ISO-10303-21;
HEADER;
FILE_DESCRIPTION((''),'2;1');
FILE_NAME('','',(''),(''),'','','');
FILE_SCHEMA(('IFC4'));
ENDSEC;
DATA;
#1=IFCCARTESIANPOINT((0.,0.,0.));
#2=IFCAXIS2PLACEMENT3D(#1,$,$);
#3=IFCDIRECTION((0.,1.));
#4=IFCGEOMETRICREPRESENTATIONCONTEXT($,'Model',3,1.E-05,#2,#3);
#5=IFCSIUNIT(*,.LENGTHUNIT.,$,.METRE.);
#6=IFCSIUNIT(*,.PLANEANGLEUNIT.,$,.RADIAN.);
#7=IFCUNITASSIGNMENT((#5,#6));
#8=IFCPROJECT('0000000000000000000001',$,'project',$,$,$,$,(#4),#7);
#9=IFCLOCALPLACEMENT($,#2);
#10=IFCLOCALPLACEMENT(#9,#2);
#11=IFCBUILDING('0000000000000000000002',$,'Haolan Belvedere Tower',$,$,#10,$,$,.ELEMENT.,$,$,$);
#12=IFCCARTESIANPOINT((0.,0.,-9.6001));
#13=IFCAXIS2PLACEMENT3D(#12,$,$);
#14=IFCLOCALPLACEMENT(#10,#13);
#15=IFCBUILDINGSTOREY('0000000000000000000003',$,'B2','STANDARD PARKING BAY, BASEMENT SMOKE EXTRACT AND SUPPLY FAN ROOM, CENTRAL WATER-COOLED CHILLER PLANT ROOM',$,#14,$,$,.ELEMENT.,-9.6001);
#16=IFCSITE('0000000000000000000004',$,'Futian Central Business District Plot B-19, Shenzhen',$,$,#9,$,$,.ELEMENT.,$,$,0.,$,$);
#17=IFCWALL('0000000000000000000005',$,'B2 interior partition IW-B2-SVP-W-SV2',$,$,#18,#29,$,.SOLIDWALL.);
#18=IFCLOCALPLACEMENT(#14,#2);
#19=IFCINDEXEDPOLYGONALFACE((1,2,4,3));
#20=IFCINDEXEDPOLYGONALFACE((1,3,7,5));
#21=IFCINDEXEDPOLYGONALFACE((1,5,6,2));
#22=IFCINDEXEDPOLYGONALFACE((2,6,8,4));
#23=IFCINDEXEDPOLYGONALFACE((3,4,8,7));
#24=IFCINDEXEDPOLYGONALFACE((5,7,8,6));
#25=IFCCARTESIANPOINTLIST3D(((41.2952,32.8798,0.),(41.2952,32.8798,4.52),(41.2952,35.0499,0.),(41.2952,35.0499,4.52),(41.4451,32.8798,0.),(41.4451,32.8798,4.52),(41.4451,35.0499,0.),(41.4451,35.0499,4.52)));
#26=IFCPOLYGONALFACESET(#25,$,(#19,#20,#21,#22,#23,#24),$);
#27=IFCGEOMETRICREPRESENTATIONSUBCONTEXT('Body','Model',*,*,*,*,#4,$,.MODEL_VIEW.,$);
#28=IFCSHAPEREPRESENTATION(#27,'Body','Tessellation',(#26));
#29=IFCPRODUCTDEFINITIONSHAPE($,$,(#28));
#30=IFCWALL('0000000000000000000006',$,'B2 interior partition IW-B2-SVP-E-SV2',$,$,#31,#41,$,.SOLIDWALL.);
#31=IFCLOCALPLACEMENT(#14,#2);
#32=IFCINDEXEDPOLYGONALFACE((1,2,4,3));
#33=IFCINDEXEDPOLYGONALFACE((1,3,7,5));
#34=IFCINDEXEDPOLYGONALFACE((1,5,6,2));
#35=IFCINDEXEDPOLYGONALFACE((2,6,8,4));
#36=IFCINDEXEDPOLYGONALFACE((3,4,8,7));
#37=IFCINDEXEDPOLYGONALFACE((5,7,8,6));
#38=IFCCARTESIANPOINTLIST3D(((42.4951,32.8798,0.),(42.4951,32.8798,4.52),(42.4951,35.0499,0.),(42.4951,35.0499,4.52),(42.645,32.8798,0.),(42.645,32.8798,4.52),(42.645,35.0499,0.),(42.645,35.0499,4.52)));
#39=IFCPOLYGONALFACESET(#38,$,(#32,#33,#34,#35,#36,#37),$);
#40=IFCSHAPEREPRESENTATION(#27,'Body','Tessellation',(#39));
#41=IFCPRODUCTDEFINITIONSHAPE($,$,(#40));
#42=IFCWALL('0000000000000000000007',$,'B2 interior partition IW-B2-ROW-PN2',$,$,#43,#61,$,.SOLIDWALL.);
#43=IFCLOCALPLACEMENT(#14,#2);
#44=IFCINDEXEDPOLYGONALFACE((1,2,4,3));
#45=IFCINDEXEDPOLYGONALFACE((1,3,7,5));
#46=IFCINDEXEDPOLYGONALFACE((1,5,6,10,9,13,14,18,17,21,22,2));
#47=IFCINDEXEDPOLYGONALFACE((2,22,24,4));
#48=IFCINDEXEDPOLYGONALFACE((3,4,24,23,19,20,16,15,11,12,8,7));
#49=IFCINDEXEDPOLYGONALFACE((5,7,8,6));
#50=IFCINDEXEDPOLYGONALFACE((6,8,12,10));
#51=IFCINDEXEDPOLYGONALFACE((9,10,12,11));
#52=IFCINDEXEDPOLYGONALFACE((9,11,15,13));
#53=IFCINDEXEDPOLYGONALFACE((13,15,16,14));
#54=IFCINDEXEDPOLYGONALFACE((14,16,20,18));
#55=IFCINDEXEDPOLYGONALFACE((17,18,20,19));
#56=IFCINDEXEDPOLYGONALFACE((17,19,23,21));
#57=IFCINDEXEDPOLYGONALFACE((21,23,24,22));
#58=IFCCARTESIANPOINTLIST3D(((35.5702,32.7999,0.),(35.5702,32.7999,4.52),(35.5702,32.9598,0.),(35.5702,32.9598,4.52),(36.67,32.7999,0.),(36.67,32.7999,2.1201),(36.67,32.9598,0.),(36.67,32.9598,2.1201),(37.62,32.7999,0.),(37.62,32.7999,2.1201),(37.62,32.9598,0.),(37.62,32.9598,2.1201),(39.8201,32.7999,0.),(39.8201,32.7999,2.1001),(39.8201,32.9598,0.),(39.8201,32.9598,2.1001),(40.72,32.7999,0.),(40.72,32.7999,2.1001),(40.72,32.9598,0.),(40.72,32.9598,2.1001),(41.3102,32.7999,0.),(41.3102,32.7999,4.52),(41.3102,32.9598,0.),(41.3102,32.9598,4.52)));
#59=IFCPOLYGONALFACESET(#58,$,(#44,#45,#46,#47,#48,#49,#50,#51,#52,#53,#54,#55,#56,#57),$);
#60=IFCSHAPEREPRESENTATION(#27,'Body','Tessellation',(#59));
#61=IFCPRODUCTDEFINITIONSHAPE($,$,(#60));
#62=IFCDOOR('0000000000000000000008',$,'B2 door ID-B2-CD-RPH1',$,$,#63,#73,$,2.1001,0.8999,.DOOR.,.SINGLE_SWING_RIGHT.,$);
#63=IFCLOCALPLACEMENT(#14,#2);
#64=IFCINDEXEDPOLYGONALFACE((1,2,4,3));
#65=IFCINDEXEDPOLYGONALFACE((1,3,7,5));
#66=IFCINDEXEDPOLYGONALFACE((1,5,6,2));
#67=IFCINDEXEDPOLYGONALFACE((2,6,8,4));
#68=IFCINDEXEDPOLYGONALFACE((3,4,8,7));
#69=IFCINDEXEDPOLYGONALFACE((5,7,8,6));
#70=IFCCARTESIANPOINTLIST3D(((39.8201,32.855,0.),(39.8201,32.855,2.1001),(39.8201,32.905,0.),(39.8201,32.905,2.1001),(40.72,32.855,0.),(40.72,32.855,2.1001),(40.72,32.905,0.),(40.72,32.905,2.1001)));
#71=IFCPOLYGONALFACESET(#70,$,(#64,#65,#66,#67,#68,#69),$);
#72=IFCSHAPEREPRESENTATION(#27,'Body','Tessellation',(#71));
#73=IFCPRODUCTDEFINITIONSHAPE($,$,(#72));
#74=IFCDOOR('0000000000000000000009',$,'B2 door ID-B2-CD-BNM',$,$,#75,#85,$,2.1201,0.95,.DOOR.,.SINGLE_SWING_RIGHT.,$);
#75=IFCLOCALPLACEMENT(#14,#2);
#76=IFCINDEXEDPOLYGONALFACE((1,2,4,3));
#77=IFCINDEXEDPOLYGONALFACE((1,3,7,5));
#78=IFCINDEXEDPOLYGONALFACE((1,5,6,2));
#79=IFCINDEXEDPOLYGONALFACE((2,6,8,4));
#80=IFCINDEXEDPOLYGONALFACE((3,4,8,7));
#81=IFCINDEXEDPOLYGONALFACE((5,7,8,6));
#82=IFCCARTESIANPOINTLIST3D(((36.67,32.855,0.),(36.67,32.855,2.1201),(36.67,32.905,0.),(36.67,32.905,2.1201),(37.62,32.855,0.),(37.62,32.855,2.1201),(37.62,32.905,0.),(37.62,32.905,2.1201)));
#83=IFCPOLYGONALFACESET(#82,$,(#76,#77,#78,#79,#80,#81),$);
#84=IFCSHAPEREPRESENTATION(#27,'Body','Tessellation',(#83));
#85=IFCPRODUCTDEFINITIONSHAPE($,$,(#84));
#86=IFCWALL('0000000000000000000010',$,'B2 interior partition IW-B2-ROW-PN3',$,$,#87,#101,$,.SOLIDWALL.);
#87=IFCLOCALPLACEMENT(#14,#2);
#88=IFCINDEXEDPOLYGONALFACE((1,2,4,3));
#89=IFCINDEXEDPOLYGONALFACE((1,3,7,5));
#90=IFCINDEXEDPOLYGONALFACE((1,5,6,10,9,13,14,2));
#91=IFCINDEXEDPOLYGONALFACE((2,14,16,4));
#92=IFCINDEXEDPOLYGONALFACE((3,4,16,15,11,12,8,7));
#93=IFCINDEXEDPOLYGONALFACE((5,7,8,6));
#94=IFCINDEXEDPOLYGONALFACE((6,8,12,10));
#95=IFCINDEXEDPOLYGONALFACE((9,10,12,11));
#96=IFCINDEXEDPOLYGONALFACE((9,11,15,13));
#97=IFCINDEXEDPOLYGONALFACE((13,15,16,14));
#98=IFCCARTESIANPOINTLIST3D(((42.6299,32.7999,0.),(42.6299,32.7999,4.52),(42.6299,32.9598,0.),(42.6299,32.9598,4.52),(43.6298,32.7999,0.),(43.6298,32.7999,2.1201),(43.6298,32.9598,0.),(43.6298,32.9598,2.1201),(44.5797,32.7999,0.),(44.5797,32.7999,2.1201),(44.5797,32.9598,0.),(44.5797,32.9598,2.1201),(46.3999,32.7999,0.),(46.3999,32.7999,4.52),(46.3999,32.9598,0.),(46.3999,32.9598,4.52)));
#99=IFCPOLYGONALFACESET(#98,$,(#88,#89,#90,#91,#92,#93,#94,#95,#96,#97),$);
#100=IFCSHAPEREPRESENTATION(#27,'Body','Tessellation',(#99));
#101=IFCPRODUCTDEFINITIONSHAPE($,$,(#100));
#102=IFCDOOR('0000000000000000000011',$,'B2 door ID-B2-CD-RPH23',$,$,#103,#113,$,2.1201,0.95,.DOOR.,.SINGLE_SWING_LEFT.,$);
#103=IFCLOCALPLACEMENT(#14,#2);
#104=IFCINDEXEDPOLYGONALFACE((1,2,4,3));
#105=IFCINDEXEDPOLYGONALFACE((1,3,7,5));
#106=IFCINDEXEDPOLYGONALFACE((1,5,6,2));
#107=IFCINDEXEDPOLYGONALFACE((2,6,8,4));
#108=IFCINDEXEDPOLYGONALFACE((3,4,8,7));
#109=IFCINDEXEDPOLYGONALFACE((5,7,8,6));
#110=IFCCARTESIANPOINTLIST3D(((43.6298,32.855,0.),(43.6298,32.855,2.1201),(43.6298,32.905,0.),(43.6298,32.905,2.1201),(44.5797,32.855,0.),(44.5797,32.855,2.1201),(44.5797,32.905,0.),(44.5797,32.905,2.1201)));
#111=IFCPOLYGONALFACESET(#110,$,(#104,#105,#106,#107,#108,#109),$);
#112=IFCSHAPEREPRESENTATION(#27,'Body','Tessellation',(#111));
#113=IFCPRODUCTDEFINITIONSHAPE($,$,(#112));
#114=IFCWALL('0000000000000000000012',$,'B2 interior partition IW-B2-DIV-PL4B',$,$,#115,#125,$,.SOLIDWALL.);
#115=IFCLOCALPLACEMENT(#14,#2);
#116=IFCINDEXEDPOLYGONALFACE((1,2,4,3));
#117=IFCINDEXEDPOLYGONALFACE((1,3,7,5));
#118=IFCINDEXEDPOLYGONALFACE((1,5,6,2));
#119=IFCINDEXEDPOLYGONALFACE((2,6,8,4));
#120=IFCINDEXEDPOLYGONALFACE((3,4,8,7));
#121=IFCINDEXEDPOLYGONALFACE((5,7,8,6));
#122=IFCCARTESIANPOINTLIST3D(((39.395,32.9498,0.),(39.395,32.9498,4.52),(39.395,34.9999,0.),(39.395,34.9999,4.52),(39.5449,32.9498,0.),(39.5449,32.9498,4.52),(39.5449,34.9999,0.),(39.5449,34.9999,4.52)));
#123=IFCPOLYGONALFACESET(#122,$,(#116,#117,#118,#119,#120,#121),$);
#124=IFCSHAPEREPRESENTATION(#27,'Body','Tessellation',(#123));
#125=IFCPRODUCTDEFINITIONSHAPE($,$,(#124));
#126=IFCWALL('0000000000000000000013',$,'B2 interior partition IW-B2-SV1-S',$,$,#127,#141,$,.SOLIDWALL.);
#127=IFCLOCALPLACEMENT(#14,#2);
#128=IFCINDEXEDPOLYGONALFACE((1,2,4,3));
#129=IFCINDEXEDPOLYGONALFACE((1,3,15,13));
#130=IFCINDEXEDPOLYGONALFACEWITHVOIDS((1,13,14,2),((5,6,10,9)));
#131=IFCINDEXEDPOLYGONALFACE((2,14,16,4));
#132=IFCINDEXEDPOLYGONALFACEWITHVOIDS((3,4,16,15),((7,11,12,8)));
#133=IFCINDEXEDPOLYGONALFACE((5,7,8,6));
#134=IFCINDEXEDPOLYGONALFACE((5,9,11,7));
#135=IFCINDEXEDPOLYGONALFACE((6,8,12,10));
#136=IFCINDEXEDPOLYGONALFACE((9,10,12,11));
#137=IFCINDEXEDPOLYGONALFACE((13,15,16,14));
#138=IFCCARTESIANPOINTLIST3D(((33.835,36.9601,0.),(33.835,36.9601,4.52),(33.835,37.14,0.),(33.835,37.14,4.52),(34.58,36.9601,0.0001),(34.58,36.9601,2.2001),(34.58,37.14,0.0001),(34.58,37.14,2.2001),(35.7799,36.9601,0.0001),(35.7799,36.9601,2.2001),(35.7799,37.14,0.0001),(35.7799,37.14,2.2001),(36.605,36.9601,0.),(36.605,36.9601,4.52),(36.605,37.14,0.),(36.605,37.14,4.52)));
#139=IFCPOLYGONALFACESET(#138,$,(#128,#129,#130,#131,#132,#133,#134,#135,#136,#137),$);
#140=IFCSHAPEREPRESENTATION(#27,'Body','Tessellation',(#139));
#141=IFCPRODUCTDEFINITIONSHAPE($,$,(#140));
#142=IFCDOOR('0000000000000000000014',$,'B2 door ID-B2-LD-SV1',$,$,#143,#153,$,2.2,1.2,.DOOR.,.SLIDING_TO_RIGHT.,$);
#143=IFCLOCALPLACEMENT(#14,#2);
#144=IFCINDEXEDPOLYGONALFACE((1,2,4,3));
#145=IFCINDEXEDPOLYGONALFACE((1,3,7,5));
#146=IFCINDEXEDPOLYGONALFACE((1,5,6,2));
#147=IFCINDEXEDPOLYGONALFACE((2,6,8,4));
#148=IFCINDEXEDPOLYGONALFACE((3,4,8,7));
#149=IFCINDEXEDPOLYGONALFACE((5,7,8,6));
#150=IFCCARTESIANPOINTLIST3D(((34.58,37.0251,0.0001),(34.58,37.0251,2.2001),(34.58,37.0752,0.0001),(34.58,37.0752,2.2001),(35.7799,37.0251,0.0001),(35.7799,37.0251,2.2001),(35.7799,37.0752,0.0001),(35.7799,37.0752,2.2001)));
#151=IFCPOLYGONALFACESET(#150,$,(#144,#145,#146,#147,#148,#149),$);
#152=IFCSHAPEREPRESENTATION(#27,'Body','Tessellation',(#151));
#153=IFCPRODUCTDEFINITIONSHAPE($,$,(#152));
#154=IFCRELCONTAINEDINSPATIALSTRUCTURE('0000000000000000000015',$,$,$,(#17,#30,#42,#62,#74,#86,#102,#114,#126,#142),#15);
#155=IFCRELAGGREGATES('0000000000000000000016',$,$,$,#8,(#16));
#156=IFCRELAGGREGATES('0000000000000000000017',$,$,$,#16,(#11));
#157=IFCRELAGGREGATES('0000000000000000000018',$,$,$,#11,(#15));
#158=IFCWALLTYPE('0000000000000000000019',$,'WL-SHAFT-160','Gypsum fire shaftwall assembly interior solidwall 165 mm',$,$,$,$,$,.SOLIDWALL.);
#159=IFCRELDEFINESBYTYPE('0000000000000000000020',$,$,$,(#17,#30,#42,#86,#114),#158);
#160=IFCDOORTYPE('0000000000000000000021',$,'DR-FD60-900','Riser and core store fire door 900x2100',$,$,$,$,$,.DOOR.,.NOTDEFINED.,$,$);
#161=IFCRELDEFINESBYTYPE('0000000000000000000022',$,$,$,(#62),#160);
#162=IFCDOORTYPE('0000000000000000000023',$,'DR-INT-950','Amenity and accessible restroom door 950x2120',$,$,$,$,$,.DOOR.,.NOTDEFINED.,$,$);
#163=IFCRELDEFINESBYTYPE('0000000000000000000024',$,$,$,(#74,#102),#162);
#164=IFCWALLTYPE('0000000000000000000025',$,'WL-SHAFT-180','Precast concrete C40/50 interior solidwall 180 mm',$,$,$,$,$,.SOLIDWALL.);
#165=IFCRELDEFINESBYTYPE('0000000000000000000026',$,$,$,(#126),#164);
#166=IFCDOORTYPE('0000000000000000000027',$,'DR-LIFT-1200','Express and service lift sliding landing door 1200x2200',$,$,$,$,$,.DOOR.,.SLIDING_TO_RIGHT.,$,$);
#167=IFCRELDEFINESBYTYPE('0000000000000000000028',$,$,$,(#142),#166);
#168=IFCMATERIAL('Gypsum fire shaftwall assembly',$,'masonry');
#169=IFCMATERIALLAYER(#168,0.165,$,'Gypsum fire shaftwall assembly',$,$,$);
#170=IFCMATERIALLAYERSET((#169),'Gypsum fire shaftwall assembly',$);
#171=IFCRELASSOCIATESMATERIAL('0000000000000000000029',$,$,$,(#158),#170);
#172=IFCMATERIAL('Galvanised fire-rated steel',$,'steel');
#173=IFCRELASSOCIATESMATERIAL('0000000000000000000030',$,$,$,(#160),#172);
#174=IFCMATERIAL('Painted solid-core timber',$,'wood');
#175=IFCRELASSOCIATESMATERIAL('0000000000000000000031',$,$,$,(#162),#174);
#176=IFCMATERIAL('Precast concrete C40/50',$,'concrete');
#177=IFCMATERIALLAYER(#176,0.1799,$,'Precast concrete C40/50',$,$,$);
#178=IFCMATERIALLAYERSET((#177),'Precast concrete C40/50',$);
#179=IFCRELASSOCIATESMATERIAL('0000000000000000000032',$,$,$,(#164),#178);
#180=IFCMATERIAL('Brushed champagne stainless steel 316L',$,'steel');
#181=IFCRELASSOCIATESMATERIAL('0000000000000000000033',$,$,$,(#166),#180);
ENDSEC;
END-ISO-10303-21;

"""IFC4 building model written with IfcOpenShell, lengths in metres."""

from ifc_helpers import new_model, si_unit, direction, frame, frame_2d, origin, place, context, subcontext, project, spatial, rectangle, extrude, material, layer, layer_set, type_object, element, fill, save


model = new_model("IFC4")

# Units and contexts
model_context = context("Model", 3, precision=1e-05, world=origin(), true_north=direction((0.0, 1.0)))
body_context = subcontext(model_context, "Body", "Model", "MODEL_VIEW")
ifc_project = project(units=[si_unit("LENGTHUNIT", "METRE"), si_unit("PLANEANGLEUNIT", "RADIAN")], contexts=[model_context])

# Site, building, storey
site_placement = place(None, origin())
site = spatial("IfcSite", under=ifc_project, at=site_placement, Name="Futian Central Business District Plot B-19, Shenzhen", CompositionType="ELEMENT", RefElevation=0.0)
building_placement = place(site_placement, origin())
building = spatial("IfcBuilding", under=site, at=building_placement, Name="Haolan Belvedere Tower", CompositionType="ELEMENT")
storey_placement = place(building_placement, frame((0.0, 0.0, -9.6001)))
storey = spatial("IfcBuildingStorey", under=building, at=storey_placement, Name="B2", Description="STANDARD PARKING BAY, BASEMENT SMOKE EXTRACT AND SUPPLY FAN ROOM, CENTRAL WATER-COOLED CHILLER PLANT ROOM", CompositionType="ELEMENT", Elevation=-9.6001)

# Walls
ifc_material_1 = material(Name="Gypsum fire shaftwall assembly", Category="masonry")
ifc_layer_1 = layer(ifc_material_1, 0.165, Name="Gypsum fire shaftwall assembly")
ifc_layer_set_1 = layer_set([ifc_layer_1], Name="Gypsum fire shaftwall assembly")
wall_type_1 = type_object("IfcWallType", Name="WL-SHAFT-160", Description="Gypsum fire shaftwall assembly interior solidwall 165 mm", PredefinedType="SOLIDWALL", material=ifc_layer_set_1)
for number, where, z_axis, x_axis, name in (
    (1, (41.3701, 32.8799, 0.0), (0.0, 0.0, 1.0), (0.0, 1.0, 0.0), "B2 interior partition IW-B2-SVP-W-SV2"),
    (2, (42.5701, 32.8799, 0.0), (0.0, 0.0, 1.0), (0.0, 1.0, 0.0), "B2 interior partition IW-B2-SVP-E-SV2"),
):
    element("IfcWall", number, at=place(storey_placement, frame(where, z_axis=z_axis, x_axis=x_axis)), inside=storey, type_object=wall_type_1, Name=name, PredefinedType="SOLIDWALL", context=body_context, shape_type="SweptSolid", body=[
        extrude(rectangle(XDim=2.1702, YDim=0.1499, at=frame_2d((1.085, 0.0))), origin(), (0.0, 0.0, 1.0), 4.52),
    ])

# Wall, openings, doors
wall_1_placement = place(storey_placement, frame((35.5701, 32.8799, 0.0), z_axis=(0.0, 0.0, 1.0), x_axis=(1.0, 0.0, 0.0)))
wall_1 = element("IfcWall", 3, at=wall_1_placement, inside=storey, type_object=wall_type_1, Name="B2 interior partition IW-B2-ROW-PN2", PredefinedType="SOLIDWALL", context=body_context, shape_type="SweptSolid", body=[
    extrude(rectangle(XDim=5.74, YDim=0.1599, at=frame_2d((2.8701, 0.0))), origin(), (0.0, 0.0, 1.0), 4.52),
])
opening_1_placement = place(wall_1_placement, frame((2.05, 0.0, 0.0), z_axis=(0.0, 0.0, 1.0), x_axis=(-1.0, 0.0, 0.0)))
opening_1 = element("IfcOpeningElement", 4, at=opening_1_placement, cuts=wall_1, PredefinedType="OPENING", context=body_context, shape_type="SweptSolid", body=[
    extrude(rectangle(XDim=0.95, YDim=2.1201, at=frame_2d((0.4751, 1.0601))), frame((0.0, 0.0898, 0.0), z_axis=(0.0, -1.0, 0.0), x_axis=(1.0, 0.0, 0.0)), (0.0, 0.0, 1.0), 0.1799),
])
opening_2_placement = place(wall_1_placement, frame((5.1499, 0.0, 0.0), z_axis=(0.0, 0.0, 1.0), x_axis=(-1.0, 0.0, 0.0)))
opening_2 = element("IfcOpeningElement", 5, at=opening_2_placement, cuts=wall_1, PredefinedType="OPENING", context=body_context, shape_type="SweptSolid", body=[
    extrude(rectangle(XDim=0.8999, YDim=2.1001, at=frame_2d((0.45, 1.05))), frame((0.0, 0.0898, 0.0), z_axis=(0.0, -1.0, 0.0), x_axis=(1.0, 0.0, 0.0)), (0.0, 0.0, 1.0), 0.1799),
])
ifc_material_2 = material(Name="Galvanised fire-rated steel", Category="steel")
door_type_1 = type_object("IfcDoorType", Name="DR-FD60-900", Description="Riser and core store fire door 900x2100", OperationType="NOTDEFINED", PredefinedType="DOOR", material=ifc_material_2)
door_1_placement = place(opening_2_placement, origin())
door_1 = element("IfcDoor", 6, at=door_1_placement, inside=storey, type_object=door_type_1, Name="B2 door ID-B2-CD-RPH1", OperationType="SINGLE_SWING_RIGHT", OverallHeight=2.1001, OverallWidth=0.8999, PredefinedType="DOOR", context=body_context, shape_type="SweptSolid", body=[
    extrude(rectangle(XDim=0.8999, YDim=2.1001, at=frame_2d((0.45, 1.05))), frame((0.0, 0.0249, 0.0), z_axis=(0.0, -1.0, 0.0), x_axis=(1.0, 0.0, 0.0)), (0.0, 0.0, 1.0), 0.05),
])
fill(opening_2, door_1)
ifc_material_3 = material(Name="Painted solid-core timber", Category="wood")
door_type_2 = type_object("IfcDoorType", Name="DR-INT-950", Description="Amenity and accessible restroom door 950x2120", OperationType="NOTDEFINED", PredefinedType="DOOR", material=ifc_material_3)
door_2_placement = place(opening_1_placement, origin())
door_2 = element("IfcDoor", 7, at=door_2_placement, inside=storey, type_object=door_type_2, Name="B2 door ID-B2-CD-BNM", OperationType="SINGLE_SWING_RIGHT", OverallHeight=2.1201, OverallWidth=0.95, PredefinedType="DOOR", context=body_context, shape_type="SweptSolid", body=[
    extrude(rectangle(XDim=0.95, YDim=2.1201, at=frame_2d((0.4751, 1.0601))), frame((0.0, 0.0249, 0.0), z_axis=(0.0, -1.0, 0.0), x_axis=(1.0, 0.0, 0.0)), (0.0, 0.0, 1.0), 0.05),
])
fill(opening_1, door_2)

# Wall, opening, door
wall_2_placement = place(storey_placement, frame((42.6299, 32.8799, 0.0), z_axis=(0.0, 0.0, 1.0), x_axis=(1.0, 0.0, 0.0)))
wall_2 = element("IfcWall", 8, at=wall_2_placement, inside=storey, type_object=wall_type_1, Name="B2 interior partition IW-B2-ROW-PN3", PredefinedType="SOLIDWALL", context=body_context, shape_type="SweptSolid", body=[
    extrude(rectangle(XDim=3.77, YDim=0.1599, at=frame_2d((1.885, 0.0))), origin(), (0.0, 0.0, 1.0), 4.52),
])
opening_3_placement = place(wall_2_placement, frame((1.95, 0.0, 0.0), z_axis=(0.0, 0.0, 1.0), x_axis=(-1.0, 0.0, 0.0)))
opening_3 = element("IfcOpeningElement", 9, at=opening_3_placement, cuts=wall_2, PredefinedType="OPENING", context=body_context, shape_type="SweptSolid", body=[
    extrude(rectangle(XDim=0.95, YDim=2.1201, at=frame_2d((0.4751, 1.0601))), frame((0.0, 0.0898, 0.0), z_axis=(0.0, -1.0, 0.0), x_axis=(1.0, 0.0, 0.0)), (0.0, 0.0, 1.0), 0.1799),
])
door_3_placement = place(opening_3_placement, origin())
door_3 = element("IfcDoor", 10, at=door_3_placement, inside=storey, type_object=door_type_2, Name="B2 door ID-B2-CD-RPH23", OperationType="SINGLE_SWING_LEFT", OverallHeight=2.1201, OverallWidth=0.95, PredefinedType="DOOR", context=body_context, shape_type="SweptSolid", body=[
    extrude(rectangle(XDim=0.95, YDim=2.1201, at=frame_2d((0.4751, 1.0601))), frame((0.0, 0.0249, 0.0), z_axis=(0.0, -1.0, 0.0), x_axis=(1.0, 0.0, 0.0)), (0.0, 0.0, 1.0), 0.05),
])
fill(opening_3, door_3)

# Wall
wall_3_placement = place(storey_placement, frame((39.47, 32.95, 0.0), z_axis=(0.0, 0.0, 1.0), x_axis=(0.0, 1.0, 0.0)))
element("IfcWall", 11, at=wall_3_placement, inside=storey, type_object=wall_type_1, Name="B2 interior partition IW-B2-DIV-PL4B", PredefinedType="SOLIDWALL", context=body_context, shape_type="SweptSolid", body=[
    extrude(rectangle(XDim=2.05, YDim=0.1499, at=frame_2d((1.0249, 0.0))), origin(), (0.0, 0.0, 1.0), 4.52),
])

# Wall, opening, door
ifc_material_4 = material(Name="Precast concrete C40/50", Category="concrete")
ifc_layer_2 = layer(ifc_material_4, 0.1799, Name="Precast concrete C40/50")
ifc_layer_set_2 = layer_set([ifc_layer_2], Name="Precast concrete C40/50")
wall_type_2 = type_object("IfcWallType", Name="WL-SHAFT-180", Description="Precast concrete C40/50 interior solidwall 180 mm", PredefinedType="SOLIDWALL", material=ifc_layer_set_2)
wall_4_placement = place(storey_placement, frame((33.835, 37.05, 0.0), z_axis=(0.0, 0.0, 1.0), x_axis=(1.0, 0.0, 0.0)))
wall_4 = element("IfcWall", 12, at=wall_4_placement, inside=storey, type_object=wall_type_2, Name="B2 interior partition IW-B2-SV1-S", PredefinedType="SOLIDWALL", context=body_context, shape_type="SweptSolid", body=[
    extrude(rectangle(XDim=2.77, YDim=0.1799, at=frame_2d((1.385, 0.0))), origin(), (0.0, 0.0, 1.0), 4.52),
])
opening_4_placement = place(wall_4_placement, frame((1.9451, 0.0, 0.0), z_axis=(0.0, 0.0, 1.0), x_axis=(-1.0, 0.0, 0.0)))
opening_4 = element("IfcOpeningElement", 13, at=opening_4_placement, cuts=wall_4, PredefinedType="OPENING", context=body_context, shape_type="SweptSolid", body=[
    extrude(rectangle(XDim=1.2, YDim=2.2, at=frame_2d((0.6001, 1.1001))), frame((0.0, 0.0999, 0.0), z_axis=(0.0, -1.0, 0.0), x_axis=(1.0, 0.0, 0.0)), (0.0, 0.0, 1.0), 0.2),
])
ifc_material_5 = material(Name="Brushed champagne stainless steel 316L", Category="steel")
door_type_3 = type_object("IfcDoorType", Name="DR-LIFT-1200", Description="Express and service lift sliding landing door 1200x2200", OperationType="SLIDING_TO_RIGHT", PredefinedType="DOOR", material=ifc_material_5)
door_4_placement = place(opening_4_placement, origin())
door_4 = element("IfcDoor", 14, at=door_4_placement, inside=storey, type_object=door_type_3, Name="B2 door ID-B2-LD-SV1", OperationType="SLIDING_TO_RIGHT", OverallHeight=2.2, OverallWidth=1.2, PredefinedType="DOOR", context=body_context, shape_type="SweptSolid", body=[
    extrude(rectangle(XDim=1.2, YDim=2.2, at=frame_2d((0.6001, 1.1001))), frame((0.0, 0.0249, 0.0), z_axis=(0.0, -1.0, 0.0), x_axis=(1.0, 0.0, 0.0)), (0.0, 0.0, 1.0), 0.05),
])
fill(opening_4, door_4)

save(model, "model.ifc")
